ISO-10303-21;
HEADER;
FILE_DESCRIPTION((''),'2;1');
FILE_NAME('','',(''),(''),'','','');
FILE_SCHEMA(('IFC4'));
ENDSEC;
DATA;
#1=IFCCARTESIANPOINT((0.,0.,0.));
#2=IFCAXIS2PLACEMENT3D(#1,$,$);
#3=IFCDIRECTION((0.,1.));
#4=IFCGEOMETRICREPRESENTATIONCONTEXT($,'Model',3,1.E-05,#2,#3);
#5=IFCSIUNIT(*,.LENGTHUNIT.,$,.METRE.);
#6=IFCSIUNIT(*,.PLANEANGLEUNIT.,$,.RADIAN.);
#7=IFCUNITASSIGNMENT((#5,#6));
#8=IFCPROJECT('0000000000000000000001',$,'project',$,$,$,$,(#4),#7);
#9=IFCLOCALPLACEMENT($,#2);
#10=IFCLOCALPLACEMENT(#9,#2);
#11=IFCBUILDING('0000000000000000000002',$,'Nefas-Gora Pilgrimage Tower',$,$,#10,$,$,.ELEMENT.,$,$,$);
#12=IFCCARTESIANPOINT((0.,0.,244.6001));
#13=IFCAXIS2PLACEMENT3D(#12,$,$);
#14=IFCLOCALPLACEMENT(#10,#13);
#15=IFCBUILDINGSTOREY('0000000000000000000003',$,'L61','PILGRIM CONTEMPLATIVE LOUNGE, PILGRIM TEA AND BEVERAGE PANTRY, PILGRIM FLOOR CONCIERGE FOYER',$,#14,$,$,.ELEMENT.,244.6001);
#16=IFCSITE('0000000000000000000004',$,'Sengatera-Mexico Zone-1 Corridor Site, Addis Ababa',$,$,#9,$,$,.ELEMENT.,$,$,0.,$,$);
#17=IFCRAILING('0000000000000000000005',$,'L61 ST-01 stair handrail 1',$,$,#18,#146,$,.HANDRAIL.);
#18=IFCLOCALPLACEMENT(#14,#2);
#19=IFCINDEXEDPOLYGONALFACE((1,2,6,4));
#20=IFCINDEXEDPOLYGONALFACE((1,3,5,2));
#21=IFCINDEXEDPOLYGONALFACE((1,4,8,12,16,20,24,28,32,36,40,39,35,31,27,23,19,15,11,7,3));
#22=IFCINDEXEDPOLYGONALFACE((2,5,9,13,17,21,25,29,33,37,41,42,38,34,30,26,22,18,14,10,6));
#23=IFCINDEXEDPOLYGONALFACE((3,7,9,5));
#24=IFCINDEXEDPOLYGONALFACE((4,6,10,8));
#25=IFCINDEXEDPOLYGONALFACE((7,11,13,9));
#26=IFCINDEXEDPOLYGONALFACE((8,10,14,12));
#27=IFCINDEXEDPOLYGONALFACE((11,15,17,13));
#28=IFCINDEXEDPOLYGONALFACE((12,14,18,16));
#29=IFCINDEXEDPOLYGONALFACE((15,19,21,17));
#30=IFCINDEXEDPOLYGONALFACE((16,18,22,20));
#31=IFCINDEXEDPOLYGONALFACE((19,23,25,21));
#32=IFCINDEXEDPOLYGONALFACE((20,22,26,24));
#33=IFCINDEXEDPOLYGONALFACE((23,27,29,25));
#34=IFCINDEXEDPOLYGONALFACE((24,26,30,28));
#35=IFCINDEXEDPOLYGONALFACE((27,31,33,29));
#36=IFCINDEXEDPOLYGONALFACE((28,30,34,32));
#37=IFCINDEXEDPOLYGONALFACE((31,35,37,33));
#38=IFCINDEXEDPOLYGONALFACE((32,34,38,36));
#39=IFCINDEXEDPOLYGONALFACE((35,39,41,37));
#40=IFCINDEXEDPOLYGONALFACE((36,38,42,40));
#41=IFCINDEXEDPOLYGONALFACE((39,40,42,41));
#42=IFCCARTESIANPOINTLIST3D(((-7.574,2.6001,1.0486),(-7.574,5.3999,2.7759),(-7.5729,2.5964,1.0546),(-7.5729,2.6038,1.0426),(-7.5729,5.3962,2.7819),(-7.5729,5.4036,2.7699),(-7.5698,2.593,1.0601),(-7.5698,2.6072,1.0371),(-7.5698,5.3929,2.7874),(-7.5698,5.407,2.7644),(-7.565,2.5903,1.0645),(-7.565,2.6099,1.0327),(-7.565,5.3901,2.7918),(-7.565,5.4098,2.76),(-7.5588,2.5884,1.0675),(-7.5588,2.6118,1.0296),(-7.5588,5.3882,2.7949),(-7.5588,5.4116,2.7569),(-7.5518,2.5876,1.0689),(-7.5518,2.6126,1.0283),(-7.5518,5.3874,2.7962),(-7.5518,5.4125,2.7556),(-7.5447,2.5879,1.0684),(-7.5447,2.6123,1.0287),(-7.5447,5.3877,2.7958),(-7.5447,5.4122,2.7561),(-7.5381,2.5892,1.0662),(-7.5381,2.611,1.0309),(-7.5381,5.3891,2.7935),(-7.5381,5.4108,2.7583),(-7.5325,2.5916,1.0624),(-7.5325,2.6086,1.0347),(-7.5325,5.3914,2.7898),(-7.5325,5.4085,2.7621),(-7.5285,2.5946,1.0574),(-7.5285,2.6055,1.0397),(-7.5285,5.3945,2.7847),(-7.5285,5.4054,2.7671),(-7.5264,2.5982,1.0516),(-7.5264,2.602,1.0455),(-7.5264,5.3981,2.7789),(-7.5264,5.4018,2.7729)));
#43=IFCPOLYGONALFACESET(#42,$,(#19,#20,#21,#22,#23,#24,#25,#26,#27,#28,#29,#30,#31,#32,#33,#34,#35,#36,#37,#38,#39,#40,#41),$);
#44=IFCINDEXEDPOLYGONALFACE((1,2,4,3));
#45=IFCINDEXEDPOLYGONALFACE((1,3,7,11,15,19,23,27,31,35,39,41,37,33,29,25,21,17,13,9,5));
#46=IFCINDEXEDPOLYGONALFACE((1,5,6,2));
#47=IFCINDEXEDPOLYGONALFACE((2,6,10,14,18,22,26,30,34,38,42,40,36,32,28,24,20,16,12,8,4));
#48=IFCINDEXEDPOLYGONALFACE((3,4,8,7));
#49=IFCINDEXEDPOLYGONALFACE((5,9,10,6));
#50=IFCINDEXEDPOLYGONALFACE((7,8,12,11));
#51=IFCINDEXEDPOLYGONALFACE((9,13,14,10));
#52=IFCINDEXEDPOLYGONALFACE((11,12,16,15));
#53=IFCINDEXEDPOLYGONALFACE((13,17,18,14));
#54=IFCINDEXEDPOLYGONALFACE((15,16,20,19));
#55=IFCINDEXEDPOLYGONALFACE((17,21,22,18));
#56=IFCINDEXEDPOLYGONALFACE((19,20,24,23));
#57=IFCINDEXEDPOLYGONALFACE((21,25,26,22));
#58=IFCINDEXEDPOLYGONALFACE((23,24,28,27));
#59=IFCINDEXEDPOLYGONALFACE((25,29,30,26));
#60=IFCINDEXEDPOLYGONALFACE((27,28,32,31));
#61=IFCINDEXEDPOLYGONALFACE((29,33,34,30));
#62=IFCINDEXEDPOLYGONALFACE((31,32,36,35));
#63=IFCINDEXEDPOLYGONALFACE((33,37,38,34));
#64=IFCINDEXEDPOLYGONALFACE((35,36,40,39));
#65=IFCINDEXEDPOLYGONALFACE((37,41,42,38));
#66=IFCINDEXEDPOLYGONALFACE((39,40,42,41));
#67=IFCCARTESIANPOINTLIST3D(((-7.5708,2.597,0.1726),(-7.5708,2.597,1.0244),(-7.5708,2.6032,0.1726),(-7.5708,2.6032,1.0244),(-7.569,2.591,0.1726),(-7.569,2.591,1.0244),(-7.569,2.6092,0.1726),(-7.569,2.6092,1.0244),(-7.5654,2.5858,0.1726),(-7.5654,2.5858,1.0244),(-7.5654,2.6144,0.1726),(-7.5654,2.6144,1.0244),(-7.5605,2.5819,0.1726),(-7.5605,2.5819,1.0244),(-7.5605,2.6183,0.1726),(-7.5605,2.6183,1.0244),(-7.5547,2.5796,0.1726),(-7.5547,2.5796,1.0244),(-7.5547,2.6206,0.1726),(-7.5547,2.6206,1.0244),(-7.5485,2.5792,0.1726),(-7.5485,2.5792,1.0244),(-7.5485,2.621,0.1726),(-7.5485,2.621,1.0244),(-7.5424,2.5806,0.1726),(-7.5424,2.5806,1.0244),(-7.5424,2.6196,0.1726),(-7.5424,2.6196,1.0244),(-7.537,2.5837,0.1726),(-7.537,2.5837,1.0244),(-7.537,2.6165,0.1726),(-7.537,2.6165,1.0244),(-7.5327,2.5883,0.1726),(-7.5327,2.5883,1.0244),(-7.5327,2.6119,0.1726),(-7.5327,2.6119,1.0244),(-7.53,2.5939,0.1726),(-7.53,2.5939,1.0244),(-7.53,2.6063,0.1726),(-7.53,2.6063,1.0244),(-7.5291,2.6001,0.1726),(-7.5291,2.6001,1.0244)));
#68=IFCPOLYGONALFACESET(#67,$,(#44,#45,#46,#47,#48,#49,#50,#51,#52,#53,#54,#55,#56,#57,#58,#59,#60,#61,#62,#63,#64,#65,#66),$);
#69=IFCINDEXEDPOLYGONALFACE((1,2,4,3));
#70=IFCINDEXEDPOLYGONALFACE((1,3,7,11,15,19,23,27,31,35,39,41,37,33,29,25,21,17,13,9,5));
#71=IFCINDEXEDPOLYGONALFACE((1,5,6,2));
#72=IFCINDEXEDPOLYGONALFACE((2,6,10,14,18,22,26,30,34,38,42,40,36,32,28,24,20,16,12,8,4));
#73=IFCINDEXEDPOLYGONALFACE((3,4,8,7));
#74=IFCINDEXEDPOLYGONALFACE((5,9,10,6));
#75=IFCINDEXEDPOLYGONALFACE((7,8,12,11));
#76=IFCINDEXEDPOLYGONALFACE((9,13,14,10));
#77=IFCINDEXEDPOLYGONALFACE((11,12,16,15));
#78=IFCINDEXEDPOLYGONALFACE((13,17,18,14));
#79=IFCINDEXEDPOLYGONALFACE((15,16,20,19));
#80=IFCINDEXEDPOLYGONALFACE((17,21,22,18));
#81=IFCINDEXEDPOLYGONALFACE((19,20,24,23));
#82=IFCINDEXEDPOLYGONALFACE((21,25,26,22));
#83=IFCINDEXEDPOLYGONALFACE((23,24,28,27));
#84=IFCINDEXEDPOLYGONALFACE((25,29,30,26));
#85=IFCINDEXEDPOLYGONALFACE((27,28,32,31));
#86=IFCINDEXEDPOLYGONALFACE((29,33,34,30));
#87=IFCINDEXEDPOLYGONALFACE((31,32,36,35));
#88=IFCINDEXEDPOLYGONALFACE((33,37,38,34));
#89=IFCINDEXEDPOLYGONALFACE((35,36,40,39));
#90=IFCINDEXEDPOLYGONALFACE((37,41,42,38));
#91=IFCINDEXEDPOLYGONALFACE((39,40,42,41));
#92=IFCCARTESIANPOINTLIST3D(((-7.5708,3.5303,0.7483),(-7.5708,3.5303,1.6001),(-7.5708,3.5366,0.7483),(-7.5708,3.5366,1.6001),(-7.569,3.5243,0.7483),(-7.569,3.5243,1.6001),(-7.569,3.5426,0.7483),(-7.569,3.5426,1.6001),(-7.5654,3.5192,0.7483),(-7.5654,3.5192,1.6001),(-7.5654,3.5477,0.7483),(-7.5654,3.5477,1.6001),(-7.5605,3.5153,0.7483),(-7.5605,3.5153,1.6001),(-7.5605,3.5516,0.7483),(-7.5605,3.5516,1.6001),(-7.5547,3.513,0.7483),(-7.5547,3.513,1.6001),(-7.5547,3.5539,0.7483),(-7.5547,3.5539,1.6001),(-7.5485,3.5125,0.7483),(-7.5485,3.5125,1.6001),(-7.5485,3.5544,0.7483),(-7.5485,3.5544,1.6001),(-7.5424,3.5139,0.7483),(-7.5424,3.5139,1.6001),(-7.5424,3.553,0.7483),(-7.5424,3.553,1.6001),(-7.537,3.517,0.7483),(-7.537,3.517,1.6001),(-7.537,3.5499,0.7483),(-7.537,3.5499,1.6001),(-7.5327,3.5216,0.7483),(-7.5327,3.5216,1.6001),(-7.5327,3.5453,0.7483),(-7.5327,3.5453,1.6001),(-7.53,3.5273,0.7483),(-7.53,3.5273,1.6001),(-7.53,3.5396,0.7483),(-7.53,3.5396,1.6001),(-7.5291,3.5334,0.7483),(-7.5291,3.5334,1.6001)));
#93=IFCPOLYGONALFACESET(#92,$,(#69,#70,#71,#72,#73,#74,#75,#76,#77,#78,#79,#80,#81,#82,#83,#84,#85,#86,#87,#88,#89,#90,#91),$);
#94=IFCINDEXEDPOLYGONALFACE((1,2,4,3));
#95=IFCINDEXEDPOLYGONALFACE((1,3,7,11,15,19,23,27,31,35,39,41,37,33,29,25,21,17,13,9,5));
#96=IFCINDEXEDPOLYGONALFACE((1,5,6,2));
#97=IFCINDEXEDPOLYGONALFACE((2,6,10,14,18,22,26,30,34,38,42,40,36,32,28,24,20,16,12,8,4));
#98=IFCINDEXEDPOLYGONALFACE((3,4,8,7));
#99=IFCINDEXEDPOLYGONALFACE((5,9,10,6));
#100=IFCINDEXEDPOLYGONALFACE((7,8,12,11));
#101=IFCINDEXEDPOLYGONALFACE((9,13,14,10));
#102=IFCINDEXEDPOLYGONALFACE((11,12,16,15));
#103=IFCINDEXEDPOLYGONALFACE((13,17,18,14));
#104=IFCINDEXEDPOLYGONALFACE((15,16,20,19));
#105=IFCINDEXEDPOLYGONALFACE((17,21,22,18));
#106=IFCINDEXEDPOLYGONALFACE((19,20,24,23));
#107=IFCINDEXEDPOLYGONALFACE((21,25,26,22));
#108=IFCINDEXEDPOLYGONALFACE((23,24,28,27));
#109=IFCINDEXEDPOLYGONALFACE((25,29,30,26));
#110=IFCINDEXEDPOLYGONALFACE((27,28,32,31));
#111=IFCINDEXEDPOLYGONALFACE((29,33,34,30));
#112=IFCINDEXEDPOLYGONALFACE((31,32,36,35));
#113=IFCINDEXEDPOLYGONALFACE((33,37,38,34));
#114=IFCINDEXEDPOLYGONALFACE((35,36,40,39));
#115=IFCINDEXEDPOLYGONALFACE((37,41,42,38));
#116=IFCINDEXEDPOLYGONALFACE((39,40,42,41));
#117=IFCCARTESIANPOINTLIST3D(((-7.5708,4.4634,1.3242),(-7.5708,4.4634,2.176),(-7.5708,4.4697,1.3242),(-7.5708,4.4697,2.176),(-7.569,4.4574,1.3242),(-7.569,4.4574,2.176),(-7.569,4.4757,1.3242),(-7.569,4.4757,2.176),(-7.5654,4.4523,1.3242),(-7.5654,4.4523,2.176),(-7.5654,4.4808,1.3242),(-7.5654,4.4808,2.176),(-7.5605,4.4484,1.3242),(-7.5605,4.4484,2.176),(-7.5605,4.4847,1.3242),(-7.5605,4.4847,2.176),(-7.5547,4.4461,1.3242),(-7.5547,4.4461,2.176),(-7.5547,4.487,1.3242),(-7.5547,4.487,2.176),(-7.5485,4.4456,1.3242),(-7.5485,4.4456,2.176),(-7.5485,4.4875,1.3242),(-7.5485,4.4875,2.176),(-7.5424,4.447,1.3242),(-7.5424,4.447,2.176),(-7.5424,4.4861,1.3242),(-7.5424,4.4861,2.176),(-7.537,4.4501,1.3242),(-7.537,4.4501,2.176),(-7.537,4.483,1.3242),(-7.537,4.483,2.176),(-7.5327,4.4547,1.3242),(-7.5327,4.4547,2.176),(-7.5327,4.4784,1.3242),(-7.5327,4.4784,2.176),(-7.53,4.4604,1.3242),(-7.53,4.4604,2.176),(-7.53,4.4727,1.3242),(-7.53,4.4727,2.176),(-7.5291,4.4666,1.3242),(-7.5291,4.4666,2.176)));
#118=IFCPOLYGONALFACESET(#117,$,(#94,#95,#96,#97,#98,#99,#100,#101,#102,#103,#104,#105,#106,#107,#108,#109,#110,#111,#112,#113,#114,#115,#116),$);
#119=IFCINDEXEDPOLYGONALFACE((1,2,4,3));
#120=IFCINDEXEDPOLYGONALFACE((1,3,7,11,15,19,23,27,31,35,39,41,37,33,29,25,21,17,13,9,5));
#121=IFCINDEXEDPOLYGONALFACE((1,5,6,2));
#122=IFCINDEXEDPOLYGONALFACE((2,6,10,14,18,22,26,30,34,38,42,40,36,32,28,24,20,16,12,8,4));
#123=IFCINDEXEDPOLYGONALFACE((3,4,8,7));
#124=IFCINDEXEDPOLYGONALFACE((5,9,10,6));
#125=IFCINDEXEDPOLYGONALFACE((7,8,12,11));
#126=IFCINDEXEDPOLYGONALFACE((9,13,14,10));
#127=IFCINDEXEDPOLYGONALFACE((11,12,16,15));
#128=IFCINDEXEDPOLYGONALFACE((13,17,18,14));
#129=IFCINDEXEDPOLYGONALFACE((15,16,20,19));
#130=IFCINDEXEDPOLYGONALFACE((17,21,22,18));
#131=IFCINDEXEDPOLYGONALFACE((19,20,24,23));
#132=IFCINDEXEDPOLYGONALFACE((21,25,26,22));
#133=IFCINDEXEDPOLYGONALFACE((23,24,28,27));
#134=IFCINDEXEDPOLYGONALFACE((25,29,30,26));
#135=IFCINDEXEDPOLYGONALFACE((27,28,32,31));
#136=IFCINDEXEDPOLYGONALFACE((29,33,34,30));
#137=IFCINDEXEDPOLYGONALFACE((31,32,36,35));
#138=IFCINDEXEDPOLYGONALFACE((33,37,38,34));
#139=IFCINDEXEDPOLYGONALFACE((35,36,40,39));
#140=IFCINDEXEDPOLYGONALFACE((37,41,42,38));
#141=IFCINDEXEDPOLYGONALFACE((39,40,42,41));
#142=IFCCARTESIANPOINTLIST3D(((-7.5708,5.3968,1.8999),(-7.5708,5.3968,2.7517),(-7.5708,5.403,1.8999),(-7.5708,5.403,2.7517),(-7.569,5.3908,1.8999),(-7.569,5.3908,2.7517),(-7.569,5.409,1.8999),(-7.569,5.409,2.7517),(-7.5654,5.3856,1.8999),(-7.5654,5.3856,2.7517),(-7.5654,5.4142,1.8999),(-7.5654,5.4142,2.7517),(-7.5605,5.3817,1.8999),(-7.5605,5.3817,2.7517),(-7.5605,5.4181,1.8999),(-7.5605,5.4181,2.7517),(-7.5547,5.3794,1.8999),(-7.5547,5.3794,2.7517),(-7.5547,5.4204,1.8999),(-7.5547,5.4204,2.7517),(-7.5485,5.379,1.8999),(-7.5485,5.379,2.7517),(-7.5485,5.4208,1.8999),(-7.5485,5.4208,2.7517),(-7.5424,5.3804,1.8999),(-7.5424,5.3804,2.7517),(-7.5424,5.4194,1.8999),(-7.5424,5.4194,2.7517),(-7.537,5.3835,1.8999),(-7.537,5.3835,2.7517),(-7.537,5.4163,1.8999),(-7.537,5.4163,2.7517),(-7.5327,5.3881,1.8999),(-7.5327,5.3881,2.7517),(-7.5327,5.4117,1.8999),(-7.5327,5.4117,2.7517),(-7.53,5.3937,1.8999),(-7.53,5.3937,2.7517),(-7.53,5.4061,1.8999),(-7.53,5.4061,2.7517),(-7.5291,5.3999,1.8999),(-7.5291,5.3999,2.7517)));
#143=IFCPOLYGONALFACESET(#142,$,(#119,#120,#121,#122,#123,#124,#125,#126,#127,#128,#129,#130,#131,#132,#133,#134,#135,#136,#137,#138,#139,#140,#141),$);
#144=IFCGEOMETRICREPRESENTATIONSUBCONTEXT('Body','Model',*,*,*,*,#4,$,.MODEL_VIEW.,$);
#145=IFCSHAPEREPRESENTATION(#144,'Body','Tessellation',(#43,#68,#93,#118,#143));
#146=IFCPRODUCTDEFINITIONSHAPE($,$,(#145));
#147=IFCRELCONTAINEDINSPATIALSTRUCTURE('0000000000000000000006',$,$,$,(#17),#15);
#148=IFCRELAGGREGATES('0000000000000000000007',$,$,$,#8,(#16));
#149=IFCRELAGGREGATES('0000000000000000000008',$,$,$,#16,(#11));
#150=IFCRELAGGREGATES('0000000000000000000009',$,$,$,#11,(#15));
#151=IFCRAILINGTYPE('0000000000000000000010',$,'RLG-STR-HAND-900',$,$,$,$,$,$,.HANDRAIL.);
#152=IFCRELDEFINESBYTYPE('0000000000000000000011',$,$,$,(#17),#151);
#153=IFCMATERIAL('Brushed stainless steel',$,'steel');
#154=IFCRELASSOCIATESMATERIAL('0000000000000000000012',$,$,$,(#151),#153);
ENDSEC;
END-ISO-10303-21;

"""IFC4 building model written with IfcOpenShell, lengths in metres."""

from ifc_helpers import new_model, si_unit, direction, frame, origin, origin_2d, place, context, subcontext, project, spatial, circle, extrude, material, type_object, element, save


model = new_model("IFC4")

# Units and contexts
model_context = context("Model", 3, precision=1e-05, world=origin(), true_north=direction((0.0, 1.0)))
body_context = subcontext(model_context, "Body", "Model", "MODEL_VIEW")
ifc_project = project(units=[si_unit("LENGTHUNIT", "METRE"), si_unit("PLANEANGLEUNIT", "RADIAN")], contexts=[model_context])

# Site, building, storey
site_placement = place(None, origin())
site = spatial("IfcSite", under=ifc_project, at=site_placement, Name="Sengatera-Mexico Zone-1 Corridor Site, Addis Ababa", CompositionType="ELEMENT", RefElevation=0.0)
building_placement = place(site_placement, origin())
building = spatial("IfcBuilding", under=site, at=building_placement, Name="Nefas-Gora Pilgrimage Tower", CompositionType="ELEMENT")
storey_placement = place(building_placement, frame((0.0, 0.0, 244.6001)))
storey = spatial("IfcBuildingStorey", under=building, at=storey_placement, Name="L61", Description="PILGRIM CONTEMPLATIVE LOUNGE, PILGRIM TEA AND BEVERAGE PANTRY, PILGRIM FLOOR CONCIERGE FOYER", CompositionType="ELEMENT", Elevation=244.6001)

# Railing
ifc_material_1 = material(Name="Brushed stainless steel", Category="steel")
railing_type_1 = type_object("IfcRailingType", Name="RLG-STR-HAND-900", PredefinedType="HANDRAIL", material=ifc_material_1)
railing_1_placement = place(storey_placement, frame((-7.55, 2.6001, 0.1726)))
element("IfcRailing", 1, at=railing_1_placement, inside=storey, type_object=railing_type_1, Name="L61 ST-01 stair handrail 1", PredefinedType="HANDRAIL", context=body_context, shape_type="SweptSolid", body=[
    extrude(circle(Radius=0.0239, at=origin_2d()), frame((0.0, 0.0, 0.876), z_axis=(0.0, 0.851069, 0.525054), x_axis=(-1.0, 0.0, 0.0)), (0.0, 0.0, 1.0), 3.2898),
    extrude(circle(Radius=0.021, at=origin_2d()), origin(), (0.0, 0.0, 1.0), 0.8518),
    extrude(circle(Radius=0.021, at=origin_2d()), frame((0.0, 0.9333, 0.5757)), (0.0, 0.0, 1.0), 0.8518),
    extrude(circle(Radius=0.021, at=origin_2d()), frame((0.0, 1.8665, 1.1516)), (0.0, 0.0, 1.0), 0.8518),
    extrude(circle(Radius=0.021, at=origin_2d()), frame((0.0, 2.7998, 1.7273)), (0.0, 0.0, 1.0), 0.8518),
])

save(model, "model.ifc")
